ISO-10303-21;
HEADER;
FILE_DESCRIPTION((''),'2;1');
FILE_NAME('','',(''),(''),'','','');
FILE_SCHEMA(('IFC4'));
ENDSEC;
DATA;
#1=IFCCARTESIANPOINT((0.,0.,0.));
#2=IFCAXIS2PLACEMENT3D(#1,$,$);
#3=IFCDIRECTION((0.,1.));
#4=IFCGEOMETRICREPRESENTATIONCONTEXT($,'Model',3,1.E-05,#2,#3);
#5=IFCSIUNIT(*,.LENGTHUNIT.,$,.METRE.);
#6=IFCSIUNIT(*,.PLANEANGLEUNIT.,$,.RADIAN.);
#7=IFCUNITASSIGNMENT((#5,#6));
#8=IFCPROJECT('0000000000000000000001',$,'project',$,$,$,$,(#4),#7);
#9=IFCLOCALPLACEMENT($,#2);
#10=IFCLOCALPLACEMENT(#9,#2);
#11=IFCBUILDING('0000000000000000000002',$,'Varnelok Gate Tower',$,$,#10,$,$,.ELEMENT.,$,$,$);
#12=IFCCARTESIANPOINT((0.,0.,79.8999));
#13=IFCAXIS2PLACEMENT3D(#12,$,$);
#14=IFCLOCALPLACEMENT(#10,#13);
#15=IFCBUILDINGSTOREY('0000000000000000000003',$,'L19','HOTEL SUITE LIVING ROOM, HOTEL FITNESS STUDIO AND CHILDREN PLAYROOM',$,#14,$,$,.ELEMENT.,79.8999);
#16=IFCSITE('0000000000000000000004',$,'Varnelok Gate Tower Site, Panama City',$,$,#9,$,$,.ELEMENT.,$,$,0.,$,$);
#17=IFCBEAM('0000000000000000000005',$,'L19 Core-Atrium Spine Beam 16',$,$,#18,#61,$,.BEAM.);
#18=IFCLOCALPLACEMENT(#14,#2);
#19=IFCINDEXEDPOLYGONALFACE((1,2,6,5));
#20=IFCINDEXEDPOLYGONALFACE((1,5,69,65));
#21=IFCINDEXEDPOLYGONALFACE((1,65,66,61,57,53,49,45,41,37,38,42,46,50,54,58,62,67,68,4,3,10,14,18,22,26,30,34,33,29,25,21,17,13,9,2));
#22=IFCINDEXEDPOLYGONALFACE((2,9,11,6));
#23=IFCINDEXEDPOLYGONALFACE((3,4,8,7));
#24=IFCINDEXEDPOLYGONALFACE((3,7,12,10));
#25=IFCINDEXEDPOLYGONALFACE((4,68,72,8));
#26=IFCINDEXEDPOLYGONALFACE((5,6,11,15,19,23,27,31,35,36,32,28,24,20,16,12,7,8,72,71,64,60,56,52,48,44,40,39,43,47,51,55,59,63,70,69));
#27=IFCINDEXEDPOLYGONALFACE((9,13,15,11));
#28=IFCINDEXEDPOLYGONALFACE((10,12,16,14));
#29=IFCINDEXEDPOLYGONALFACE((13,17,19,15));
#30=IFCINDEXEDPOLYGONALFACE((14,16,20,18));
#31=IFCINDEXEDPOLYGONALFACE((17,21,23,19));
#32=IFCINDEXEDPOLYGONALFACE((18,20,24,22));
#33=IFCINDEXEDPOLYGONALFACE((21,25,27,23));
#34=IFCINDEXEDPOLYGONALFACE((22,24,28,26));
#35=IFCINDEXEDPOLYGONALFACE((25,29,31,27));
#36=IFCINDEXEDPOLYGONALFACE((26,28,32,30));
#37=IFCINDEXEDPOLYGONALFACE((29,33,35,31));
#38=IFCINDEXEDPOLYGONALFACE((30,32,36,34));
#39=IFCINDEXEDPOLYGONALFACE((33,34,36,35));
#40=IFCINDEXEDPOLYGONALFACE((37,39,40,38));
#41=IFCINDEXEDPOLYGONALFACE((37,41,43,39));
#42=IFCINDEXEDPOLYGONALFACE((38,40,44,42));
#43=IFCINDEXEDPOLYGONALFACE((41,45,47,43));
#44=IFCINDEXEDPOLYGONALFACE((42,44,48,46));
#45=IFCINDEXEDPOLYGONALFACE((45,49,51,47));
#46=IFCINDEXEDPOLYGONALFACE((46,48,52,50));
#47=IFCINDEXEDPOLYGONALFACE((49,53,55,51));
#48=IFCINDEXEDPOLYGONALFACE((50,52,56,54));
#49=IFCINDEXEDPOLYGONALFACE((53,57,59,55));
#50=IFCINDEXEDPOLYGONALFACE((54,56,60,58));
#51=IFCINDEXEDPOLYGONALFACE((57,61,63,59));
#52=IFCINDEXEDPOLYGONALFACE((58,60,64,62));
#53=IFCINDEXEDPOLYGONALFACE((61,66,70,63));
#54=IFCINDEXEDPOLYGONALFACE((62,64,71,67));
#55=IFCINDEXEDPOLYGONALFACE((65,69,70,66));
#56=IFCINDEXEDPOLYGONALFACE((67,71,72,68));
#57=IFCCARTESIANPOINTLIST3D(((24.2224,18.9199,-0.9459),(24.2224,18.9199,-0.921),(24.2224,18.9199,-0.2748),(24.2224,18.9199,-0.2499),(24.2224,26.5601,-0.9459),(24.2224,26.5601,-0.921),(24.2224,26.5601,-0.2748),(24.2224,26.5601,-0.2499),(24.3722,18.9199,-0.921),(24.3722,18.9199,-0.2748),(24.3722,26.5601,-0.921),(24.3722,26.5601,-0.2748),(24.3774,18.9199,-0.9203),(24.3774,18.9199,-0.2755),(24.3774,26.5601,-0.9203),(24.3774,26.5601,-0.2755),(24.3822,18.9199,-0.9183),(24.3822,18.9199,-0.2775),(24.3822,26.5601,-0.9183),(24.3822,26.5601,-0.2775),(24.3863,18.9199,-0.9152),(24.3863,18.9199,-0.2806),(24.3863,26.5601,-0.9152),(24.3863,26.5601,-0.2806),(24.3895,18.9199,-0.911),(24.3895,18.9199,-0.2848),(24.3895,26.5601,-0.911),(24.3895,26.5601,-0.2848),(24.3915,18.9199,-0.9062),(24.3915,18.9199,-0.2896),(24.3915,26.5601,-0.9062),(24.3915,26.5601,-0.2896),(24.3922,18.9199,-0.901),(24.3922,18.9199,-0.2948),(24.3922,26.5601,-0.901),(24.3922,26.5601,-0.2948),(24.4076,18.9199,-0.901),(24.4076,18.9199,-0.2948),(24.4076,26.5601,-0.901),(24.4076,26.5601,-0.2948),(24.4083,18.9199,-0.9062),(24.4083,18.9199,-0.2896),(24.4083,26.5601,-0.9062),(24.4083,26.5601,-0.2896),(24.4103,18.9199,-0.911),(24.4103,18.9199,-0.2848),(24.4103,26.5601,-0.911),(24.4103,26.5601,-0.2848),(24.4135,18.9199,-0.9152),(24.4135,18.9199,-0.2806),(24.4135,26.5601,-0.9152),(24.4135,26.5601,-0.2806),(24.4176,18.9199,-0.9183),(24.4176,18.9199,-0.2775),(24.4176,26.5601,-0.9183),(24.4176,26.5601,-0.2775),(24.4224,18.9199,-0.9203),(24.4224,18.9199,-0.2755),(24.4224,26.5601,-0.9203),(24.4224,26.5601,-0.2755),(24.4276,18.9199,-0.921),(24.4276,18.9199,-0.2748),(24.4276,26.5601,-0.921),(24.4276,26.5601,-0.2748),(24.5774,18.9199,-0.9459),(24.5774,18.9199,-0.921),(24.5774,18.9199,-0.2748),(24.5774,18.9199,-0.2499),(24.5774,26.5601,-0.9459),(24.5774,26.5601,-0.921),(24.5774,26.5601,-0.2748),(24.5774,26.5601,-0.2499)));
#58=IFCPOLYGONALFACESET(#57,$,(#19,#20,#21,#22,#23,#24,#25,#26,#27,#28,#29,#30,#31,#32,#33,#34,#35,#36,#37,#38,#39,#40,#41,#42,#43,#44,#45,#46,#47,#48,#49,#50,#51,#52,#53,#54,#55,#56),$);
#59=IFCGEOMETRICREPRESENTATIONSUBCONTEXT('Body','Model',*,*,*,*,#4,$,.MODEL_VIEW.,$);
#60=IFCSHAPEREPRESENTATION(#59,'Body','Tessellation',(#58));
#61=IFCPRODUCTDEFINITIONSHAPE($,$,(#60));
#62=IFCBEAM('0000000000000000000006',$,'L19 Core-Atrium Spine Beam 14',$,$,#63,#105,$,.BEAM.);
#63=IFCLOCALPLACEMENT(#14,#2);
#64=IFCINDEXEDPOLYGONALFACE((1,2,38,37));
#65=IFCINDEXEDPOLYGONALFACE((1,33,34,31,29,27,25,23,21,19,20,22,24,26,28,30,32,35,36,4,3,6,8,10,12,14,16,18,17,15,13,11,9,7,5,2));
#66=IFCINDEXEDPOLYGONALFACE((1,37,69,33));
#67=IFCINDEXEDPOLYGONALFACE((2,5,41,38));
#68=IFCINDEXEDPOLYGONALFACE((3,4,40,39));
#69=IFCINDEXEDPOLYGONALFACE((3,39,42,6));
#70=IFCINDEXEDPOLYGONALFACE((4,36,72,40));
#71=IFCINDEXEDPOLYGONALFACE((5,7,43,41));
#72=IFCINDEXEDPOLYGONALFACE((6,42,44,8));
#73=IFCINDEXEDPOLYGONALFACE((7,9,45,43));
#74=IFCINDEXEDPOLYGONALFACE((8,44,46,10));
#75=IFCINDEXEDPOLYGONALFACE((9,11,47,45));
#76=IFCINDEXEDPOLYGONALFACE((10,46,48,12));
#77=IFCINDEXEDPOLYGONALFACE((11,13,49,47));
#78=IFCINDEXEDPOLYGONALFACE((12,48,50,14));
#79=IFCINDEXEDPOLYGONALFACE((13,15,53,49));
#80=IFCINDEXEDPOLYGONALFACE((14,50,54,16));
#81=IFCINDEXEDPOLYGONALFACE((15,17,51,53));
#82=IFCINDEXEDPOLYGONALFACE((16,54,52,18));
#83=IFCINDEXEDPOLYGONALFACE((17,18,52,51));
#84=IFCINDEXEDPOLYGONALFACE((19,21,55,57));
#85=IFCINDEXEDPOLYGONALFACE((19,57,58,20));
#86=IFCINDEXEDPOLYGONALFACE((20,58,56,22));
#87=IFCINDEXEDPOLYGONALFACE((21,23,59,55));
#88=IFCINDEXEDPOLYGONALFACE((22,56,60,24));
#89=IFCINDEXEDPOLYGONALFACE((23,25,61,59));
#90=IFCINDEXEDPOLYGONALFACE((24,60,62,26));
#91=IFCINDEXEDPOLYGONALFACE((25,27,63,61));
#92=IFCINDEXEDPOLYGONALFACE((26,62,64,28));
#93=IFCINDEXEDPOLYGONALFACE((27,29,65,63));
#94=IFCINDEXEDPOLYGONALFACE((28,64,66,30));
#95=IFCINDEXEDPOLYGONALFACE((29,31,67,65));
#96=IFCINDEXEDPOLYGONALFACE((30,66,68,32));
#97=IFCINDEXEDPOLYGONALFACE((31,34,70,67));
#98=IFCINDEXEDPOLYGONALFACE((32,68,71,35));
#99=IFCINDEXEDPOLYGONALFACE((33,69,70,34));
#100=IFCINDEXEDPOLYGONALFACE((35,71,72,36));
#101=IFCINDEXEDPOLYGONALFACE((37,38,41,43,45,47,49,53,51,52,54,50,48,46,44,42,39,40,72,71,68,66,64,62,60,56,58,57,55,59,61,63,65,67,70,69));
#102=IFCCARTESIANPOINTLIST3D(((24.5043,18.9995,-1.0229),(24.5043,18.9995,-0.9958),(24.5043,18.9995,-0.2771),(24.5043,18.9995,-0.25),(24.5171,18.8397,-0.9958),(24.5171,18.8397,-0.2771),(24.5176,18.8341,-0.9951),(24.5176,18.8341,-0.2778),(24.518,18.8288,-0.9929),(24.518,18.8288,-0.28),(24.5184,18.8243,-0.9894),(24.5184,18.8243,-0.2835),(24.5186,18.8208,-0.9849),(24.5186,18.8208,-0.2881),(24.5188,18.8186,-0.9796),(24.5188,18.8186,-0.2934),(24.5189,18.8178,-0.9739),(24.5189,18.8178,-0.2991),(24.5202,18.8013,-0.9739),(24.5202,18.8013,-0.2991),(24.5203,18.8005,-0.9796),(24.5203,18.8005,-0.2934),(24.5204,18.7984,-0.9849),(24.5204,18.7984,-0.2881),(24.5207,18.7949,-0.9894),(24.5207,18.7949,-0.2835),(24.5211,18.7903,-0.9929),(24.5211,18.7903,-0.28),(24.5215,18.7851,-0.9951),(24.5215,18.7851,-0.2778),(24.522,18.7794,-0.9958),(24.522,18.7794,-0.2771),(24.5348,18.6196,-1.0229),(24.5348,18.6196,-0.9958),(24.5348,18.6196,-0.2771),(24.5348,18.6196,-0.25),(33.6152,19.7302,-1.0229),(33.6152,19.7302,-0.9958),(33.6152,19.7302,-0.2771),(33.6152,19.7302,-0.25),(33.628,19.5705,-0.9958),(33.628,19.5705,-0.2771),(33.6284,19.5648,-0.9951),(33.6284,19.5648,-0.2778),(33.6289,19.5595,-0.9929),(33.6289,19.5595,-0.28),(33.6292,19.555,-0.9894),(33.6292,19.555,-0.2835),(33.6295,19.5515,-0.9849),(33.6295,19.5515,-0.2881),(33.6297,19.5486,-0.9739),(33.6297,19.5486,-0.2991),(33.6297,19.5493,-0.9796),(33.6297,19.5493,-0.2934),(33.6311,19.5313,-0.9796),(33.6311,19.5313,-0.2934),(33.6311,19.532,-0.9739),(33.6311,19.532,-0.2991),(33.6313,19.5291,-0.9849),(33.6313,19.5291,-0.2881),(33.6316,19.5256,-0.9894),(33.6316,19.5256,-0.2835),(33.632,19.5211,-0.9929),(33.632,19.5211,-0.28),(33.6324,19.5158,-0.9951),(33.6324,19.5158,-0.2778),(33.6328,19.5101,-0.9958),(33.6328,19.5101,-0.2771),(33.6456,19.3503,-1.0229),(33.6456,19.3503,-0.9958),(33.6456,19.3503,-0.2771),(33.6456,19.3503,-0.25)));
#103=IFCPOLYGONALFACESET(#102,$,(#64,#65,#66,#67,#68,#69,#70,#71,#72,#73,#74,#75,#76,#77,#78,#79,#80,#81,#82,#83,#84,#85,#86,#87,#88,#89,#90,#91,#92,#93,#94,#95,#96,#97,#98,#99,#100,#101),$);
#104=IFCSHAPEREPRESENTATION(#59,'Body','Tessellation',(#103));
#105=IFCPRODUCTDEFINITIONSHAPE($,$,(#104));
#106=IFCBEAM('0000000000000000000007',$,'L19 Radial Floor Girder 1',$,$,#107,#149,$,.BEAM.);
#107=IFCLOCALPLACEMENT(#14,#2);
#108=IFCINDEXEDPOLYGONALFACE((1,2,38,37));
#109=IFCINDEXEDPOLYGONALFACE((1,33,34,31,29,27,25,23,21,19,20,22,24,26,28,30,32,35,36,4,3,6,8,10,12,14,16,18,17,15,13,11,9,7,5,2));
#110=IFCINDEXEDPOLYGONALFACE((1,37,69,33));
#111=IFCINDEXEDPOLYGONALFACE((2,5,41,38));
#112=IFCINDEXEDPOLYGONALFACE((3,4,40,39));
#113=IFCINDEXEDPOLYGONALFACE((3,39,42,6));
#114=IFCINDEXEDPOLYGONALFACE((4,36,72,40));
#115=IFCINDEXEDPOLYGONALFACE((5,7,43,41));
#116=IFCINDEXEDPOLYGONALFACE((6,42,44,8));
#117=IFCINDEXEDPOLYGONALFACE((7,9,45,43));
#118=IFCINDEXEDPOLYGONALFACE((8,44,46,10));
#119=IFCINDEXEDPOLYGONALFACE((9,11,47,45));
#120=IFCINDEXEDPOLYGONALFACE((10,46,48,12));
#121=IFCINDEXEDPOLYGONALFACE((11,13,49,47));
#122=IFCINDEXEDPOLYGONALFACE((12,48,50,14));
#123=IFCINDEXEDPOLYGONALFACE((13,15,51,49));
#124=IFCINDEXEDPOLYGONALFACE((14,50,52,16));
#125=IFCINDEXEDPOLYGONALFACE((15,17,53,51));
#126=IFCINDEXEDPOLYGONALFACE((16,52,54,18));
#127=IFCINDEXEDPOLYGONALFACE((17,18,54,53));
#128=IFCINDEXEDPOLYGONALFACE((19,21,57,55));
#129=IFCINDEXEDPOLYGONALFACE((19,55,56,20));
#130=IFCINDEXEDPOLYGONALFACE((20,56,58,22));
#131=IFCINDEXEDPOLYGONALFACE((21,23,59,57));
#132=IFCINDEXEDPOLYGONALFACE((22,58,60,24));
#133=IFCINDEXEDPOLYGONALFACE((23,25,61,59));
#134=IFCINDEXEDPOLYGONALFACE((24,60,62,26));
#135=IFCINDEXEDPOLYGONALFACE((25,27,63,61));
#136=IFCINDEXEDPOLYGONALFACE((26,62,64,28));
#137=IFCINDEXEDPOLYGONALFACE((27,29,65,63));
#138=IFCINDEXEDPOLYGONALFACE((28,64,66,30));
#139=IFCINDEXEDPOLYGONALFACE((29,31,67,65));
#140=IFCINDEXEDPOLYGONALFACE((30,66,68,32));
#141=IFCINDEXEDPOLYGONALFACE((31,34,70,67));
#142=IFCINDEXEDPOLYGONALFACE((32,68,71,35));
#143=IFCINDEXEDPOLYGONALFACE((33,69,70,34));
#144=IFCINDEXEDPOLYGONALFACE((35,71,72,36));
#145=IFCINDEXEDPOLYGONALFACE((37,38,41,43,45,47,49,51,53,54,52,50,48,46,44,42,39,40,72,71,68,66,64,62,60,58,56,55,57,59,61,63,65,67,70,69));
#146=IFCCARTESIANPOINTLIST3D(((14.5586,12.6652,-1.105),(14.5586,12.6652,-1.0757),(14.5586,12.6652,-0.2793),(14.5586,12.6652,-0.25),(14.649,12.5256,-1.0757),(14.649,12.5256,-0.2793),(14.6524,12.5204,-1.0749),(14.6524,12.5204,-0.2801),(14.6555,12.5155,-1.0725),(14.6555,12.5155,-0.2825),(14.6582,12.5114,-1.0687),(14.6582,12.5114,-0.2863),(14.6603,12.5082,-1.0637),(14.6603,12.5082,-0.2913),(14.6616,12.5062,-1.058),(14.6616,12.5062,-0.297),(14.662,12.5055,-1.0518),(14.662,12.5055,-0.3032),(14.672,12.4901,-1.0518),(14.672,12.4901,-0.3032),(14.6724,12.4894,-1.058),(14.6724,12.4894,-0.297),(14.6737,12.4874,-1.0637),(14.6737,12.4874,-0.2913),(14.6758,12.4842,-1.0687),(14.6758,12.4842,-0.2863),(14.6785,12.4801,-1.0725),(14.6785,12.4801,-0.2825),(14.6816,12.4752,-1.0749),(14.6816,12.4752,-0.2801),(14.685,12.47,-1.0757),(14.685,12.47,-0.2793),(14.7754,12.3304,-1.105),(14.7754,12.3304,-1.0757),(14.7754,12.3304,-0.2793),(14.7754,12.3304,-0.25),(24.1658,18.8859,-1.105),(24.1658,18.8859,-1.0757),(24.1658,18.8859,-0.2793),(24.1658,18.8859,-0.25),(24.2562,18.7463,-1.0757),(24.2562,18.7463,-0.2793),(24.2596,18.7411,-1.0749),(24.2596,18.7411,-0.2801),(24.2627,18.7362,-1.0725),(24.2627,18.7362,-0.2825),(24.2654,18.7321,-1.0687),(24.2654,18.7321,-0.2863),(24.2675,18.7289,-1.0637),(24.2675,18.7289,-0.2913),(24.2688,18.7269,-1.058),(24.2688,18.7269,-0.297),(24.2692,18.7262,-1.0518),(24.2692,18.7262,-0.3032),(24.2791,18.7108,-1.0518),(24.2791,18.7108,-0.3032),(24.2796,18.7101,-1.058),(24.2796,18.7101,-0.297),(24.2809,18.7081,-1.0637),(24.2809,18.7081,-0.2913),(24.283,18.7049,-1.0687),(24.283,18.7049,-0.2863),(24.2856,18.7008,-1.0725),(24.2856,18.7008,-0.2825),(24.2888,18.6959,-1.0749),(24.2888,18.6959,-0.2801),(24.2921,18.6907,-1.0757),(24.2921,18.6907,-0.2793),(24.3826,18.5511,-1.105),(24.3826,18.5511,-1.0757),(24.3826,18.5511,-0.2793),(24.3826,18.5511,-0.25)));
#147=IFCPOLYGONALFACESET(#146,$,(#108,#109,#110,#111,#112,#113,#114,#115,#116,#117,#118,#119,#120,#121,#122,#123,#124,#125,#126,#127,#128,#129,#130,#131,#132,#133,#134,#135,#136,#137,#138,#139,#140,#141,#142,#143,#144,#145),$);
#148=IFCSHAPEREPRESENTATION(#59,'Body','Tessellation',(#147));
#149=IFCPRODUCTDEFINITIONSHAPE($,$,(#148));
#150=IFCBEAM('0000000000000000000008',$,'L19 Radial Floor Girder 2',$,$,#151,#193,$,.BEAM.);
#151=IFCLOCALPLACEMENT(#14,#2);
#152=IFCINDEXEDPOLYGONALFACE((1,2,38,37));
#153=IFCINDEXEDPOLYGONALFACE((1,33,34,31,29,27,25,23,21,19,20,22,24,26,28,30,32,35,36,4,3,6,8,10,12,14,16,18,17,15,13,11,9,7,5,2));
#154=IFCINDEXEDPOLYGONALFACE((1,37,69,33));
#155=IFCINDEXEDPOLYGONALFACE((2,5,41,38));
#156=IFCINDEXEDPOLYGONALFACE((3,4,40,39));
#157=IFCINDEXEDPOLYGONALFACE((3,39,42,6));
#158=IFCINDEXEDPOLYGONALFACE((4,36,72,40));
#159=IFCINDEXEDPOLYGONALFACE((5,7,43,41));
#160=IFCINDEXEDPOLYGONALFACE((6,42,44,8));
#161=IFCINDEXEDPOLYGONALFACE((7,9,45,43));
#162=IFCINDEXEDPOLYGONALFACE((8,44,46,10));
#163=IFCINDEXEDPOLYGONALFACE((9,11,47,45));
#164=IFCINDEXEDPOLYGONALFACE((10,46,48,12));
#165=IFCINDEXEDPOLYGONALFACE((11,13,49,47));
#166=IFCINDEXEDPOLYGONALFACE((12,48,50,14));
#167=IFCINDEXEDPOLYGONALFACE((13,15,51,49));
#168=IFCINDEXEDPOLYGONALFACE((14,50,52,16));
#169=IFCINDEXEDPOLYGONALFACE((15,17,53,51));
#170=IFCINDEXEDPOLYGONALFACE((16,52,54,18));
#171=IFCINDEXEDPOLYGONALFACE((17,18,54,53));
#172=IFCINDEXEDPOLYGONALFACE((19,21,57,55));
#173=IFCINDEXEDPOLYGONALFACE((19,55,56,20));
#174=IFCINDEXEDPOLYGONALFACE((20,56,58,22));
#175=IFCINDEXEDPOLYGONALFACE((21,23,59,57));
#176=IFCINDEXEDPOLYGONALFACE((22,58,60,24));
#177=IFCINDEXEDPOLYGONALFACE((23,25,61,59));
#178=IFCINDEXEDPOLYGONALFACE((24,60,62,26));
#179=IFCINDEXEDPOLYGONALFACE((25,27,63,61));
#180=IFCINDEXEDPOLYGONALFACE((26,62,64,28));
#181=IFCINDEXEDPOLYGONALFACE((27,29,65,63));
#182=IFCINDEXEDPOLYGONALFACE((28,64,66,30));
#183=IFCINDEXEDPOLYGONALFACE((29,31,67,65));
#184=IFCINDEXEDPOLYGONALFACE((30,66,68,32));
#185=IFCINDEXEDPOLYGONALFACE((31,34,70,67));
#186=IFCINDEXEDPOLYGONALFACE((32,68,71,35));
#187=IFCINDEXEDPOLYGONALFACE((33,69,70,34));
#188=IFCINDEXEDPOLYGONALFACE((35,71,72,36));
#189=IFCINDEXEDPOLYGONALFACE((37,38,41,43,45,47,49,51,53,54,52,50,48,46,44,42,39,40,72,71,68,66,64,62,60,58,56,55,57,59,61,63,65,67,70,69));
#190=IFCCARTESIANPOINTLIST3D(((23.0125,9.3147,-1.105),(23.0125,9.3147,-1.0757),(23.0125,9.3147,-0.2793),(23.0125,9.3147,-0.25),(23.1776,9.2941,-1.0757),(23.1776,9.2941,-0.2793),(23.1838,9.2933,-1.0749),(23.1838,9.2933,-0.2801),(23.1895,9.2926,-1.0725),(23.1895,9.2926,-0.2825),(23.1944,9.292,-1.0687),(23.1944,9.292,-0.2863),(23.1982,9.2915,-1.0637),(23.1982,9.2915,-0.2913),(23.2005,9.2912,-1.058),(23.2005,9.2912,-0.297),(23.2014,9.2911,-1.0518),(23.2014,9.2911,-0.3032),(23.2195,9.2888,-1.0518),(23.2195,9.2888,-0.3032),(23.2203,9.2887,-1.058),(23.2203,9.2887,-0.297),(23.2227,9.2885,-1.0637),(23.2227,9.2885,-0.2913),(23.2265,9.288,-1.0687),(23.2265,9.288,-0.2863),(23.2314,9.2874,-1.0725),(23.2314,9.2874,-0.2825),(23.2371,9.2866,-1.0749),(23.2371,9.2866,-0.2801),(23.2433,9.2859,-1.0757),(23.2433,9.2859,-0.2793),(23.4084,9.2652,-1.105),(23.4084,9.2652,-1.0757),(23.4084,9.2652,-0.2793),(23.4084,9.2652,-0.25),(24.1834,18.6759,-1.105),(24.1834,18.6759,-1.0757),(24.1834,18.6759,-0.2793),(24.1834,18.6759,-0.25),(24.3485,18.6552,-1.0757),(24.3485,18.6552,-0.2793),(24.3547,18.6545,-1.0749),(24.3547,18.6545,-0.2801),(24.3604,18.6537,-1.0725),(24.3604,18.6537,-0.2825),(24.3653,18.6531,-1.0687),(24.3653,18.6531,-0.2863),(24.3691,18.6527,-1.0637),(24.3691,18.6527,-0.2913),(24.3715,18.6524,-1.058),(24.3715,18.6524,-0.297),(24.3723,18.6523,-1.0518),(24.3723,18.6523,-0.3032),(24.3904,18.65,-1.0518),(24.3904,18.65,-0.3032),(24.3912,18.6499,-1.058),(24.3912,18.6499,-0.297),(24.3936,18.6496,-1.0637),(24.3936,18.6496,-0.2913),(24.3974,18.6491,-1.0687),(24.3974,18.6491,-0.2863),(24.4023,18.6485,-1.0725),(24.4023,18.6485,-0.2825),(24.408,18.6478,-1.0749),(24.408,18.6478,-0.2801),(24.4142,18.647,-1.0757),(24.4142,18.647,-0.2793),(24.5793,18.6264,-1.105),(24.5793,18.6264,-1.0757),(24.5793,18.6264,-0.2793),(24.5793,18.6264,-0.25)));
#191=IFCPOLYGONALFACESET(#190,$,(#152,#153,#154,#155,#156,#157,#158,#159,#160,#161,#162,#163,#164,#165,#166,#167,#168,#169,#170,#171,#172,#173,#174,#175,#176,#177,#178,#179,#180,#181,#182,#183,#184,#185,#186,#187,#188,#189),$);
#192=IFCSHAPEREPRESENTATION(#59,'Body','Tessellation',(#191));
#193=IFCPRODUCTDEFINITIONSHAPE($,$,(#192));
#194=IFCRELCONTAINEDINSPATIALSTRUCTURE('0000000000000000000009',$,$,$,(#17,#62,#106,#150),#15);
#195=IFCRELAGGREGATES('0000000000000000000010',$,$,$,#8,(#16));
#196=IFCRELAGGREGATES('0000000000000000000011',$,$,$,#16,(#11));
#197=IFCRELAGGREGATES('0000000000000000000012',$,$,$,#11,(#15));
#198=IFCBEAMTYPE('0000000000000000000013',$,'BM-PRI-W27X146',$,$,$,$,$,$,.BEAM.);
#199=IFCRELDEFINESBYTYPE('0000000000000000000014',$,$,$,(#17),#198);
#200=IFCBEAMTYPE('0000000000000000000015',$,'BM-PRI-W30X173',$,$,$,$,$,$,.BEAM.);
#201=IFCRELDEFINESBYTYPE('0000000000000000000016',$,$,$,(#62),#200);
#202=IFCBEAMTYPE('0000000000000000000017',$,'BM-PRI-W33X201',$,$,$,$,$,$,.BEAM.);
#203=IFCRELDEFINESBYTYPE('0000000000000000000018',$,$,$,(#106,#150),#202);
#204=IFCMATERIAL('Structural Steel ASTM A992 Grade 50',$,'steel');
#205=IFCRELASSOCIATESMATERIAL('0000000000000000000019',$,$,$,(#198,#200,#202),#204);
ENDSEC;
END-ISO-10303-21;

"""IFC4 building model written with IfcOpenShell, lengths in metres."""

from ifc_helpers import new_model, si_unit, direction, frame, origin, origin_2d, place, context, subcontext, project, spatial, i_section, extrude, material, material_profile, profile_set, type_object, element, save


model = new_model("IFC4")

# Units and contexts
model_context = context("Model", 3, precision=1e-05, world=origin(), true_north=direction((0.0, 1.0)))
body_context = subcontext(model_context, "Body", "Model", "MODEL_VIEW")
ifc_project = project(units=[si_unit("LENGTHUNIT", "METRE"), si_unit("PLANEANGLEUNIT", "RADIAN")], contexts=[model_context])

# Site, building, storey
site_placement = place(None, origin())
site = spatial("IfcSite", under=ifc_project, at=site_placement, Name="Varnelok Gate Tower Site, Panama City", CompositionType="ELEMENT", RefElevation=0.0)
building_placement = place(site_placement, origin())
building = spatial("IfcBuilding", under=site, at=building_placement, Name="Varnelok Gate Tower", CompositionType="ELEMENT")
storey_placement = place(building_placement, frame((0.0, 0.0, 79.8999)))
storey = spatial("IfcBuildingStorey", under=building, at=storey_placement, Name="L19", Description="HOTEL SUITE LIVING ROOM, HOTEL FITNESS STUDIO AND CHILDREN PLAYROOM", CompositionType="ELEMENT", Elevation=79.8999)

# Shared definitions
ifc_material_1 = material(Name="Structural Steel ASTM A992 Grade 50", Category="steel")

# Beams
ifc_material_profile_1 = material_profile(ifc_material_1, i_section(OverallWidth=0.355, OverallDepth=0.696, WebThickness=0.0154, FlangeThickness=0.0249, FilletRadius=0.02, at=origin_2d()), Name="W27X146")
ifc_profile_set_1 = profile_set([ifc_material_profile_1], Name="Structural Steel ASTM A992 Grade 50")
beam_type_1 = type_object("IfcBeamType", Name="BM-PRI-W27X146", PredefinedType="BEAM", material=ifc_profile_set_1)
beam_1_placement = place(storey_placement, frame((24.3999, 18.9199, -0.5979), z_axis=(0.0, 1.0, 0.0), x_axis=(-1.0, 0.0, 0.0)))
element("IfcBeam", 1, at=beam_1_placement, inside=storey, type_object=beam_type_1, Name="L19 Core-Atrium Spine Beam 16", PredefinedType="BEAM", context=body_context, shape_type="SweptSolid", body=[
    extrude(i_section(OverallWidth=0.355, OverallDepth=0.696, WebThickness=0.0154, FlangeThickness=0.0249, FilletRadius=0.02, at=origin_2d()), origin(), (0.0, 0.0, 1.0), 7.6401),
])
ifc_material_profile_2 = material_profile(ifc_material_1, i_section(OverallWidth=0.3811, OverallDepth=0.7729, WebThickness=0.0166, FlangeThickness=0.0271, FilletRadius=0.022, at=origin_2d()), Name="W30X173")
ifc_profile_set_2 = profile_set([ifc_material_profile_2], Name="Structural Steel ASTM A992 Grade 50")
beam_type_2 = type_object("IfcBeamType", Name="BM-PRI-W30X173", PredefinedType="BEAM", material=ifc_profile_set_2)
beam_2_placement = place(storey_placement, frame((24.5195, 18.8096, -0.6365), z_axis=(0.996799, 0.079946, 0.0), x_axis=(-0.079946, 0.996799, 0.0)))
element("IfcBeam", 2, at=beam_2_placement, inside=storey, type_object=beam_type_2, Name="L19 Core-Atrium Spine Beam 14", PredefinedType="BEAM", context=body_context, shape_type="SweptSolid", body=[
    extrude(i_section(OverallWidth=0.3811, OverallDepth=0.7729, WebThickness=0.0166, FlangeThickness=0.0271, FilletRadius=0.022, at=origin_2d()), origin(), (0.0, 0.0, 1.0), 9.1401),
])
ifc_material_profile_3 = material_profile(ifc_material_1, i_section(OverallWidth=0.3989, OverallDepth=0.855, WebThickness=0.0183, FlangeThickness=0.0293, FilletRadius=0.0239, at=origin_2d()), Name="W33X201")
ifc_profile_set_3 = profile_set([ifc_material_profile_3], Name="Structural Steel ASTM A992 Grade 50")
beam_type_3 = type_object("IfcBeamType", Name="BM-PRI-W33X201", PredefinedType="BEAM", material=ifc_profile_set_3)
beam_3_placement = place(storey_placement, frame((24.2742, 18.7185, -0.6775), z_axis=(-0.839399, -0.543516, 0.0), x_axis=(0.543516, -0.839399, 0.0)))
element("IfcBeam", 3, at=beam_3_placement, inside=storey, type_object=beam_type_3, Name="L19 Radial Floor Girder 1", PredefinedType="BEAM", context=body_context, shape_type="SweptSolid", body=[
    extrude(i_section(OverallWidth=0.3989, OverallDepth=0.855, WebThickness=0.0183, FlangeThickness=0.0293, FilletRadius=0.0239, at=origin_2d()), origin(), (0.0, 0.0, 1.0), 11.4453),
])
beam_4_placement = place(storey_placement, frame((24.3813, 18.6511, -0.6775), z_axis=(-0.124114, -0.992268, 0.0), x_axis=(0.992268, -0.124114, 0.0)))
element("IfcBeam", 4, at=beam_4_placement, inside=storey, type_object=beam_type_3, Name="L19 Radial Floor Girder 2", PredefinedType="BEAM", context=body_context, shape_type="SweptSolid", body=[
    extrude(i_section(OverallWidth=0.3989, OverallDepth=0.855, WebThickness=0.0183, FlangeThickness=0.0293, FilletRadius=0.0239, at=origin_2d()), origin(), (0.0, 0.0, 1.0), 9.4341),
])

save(model, "model.ifc")
